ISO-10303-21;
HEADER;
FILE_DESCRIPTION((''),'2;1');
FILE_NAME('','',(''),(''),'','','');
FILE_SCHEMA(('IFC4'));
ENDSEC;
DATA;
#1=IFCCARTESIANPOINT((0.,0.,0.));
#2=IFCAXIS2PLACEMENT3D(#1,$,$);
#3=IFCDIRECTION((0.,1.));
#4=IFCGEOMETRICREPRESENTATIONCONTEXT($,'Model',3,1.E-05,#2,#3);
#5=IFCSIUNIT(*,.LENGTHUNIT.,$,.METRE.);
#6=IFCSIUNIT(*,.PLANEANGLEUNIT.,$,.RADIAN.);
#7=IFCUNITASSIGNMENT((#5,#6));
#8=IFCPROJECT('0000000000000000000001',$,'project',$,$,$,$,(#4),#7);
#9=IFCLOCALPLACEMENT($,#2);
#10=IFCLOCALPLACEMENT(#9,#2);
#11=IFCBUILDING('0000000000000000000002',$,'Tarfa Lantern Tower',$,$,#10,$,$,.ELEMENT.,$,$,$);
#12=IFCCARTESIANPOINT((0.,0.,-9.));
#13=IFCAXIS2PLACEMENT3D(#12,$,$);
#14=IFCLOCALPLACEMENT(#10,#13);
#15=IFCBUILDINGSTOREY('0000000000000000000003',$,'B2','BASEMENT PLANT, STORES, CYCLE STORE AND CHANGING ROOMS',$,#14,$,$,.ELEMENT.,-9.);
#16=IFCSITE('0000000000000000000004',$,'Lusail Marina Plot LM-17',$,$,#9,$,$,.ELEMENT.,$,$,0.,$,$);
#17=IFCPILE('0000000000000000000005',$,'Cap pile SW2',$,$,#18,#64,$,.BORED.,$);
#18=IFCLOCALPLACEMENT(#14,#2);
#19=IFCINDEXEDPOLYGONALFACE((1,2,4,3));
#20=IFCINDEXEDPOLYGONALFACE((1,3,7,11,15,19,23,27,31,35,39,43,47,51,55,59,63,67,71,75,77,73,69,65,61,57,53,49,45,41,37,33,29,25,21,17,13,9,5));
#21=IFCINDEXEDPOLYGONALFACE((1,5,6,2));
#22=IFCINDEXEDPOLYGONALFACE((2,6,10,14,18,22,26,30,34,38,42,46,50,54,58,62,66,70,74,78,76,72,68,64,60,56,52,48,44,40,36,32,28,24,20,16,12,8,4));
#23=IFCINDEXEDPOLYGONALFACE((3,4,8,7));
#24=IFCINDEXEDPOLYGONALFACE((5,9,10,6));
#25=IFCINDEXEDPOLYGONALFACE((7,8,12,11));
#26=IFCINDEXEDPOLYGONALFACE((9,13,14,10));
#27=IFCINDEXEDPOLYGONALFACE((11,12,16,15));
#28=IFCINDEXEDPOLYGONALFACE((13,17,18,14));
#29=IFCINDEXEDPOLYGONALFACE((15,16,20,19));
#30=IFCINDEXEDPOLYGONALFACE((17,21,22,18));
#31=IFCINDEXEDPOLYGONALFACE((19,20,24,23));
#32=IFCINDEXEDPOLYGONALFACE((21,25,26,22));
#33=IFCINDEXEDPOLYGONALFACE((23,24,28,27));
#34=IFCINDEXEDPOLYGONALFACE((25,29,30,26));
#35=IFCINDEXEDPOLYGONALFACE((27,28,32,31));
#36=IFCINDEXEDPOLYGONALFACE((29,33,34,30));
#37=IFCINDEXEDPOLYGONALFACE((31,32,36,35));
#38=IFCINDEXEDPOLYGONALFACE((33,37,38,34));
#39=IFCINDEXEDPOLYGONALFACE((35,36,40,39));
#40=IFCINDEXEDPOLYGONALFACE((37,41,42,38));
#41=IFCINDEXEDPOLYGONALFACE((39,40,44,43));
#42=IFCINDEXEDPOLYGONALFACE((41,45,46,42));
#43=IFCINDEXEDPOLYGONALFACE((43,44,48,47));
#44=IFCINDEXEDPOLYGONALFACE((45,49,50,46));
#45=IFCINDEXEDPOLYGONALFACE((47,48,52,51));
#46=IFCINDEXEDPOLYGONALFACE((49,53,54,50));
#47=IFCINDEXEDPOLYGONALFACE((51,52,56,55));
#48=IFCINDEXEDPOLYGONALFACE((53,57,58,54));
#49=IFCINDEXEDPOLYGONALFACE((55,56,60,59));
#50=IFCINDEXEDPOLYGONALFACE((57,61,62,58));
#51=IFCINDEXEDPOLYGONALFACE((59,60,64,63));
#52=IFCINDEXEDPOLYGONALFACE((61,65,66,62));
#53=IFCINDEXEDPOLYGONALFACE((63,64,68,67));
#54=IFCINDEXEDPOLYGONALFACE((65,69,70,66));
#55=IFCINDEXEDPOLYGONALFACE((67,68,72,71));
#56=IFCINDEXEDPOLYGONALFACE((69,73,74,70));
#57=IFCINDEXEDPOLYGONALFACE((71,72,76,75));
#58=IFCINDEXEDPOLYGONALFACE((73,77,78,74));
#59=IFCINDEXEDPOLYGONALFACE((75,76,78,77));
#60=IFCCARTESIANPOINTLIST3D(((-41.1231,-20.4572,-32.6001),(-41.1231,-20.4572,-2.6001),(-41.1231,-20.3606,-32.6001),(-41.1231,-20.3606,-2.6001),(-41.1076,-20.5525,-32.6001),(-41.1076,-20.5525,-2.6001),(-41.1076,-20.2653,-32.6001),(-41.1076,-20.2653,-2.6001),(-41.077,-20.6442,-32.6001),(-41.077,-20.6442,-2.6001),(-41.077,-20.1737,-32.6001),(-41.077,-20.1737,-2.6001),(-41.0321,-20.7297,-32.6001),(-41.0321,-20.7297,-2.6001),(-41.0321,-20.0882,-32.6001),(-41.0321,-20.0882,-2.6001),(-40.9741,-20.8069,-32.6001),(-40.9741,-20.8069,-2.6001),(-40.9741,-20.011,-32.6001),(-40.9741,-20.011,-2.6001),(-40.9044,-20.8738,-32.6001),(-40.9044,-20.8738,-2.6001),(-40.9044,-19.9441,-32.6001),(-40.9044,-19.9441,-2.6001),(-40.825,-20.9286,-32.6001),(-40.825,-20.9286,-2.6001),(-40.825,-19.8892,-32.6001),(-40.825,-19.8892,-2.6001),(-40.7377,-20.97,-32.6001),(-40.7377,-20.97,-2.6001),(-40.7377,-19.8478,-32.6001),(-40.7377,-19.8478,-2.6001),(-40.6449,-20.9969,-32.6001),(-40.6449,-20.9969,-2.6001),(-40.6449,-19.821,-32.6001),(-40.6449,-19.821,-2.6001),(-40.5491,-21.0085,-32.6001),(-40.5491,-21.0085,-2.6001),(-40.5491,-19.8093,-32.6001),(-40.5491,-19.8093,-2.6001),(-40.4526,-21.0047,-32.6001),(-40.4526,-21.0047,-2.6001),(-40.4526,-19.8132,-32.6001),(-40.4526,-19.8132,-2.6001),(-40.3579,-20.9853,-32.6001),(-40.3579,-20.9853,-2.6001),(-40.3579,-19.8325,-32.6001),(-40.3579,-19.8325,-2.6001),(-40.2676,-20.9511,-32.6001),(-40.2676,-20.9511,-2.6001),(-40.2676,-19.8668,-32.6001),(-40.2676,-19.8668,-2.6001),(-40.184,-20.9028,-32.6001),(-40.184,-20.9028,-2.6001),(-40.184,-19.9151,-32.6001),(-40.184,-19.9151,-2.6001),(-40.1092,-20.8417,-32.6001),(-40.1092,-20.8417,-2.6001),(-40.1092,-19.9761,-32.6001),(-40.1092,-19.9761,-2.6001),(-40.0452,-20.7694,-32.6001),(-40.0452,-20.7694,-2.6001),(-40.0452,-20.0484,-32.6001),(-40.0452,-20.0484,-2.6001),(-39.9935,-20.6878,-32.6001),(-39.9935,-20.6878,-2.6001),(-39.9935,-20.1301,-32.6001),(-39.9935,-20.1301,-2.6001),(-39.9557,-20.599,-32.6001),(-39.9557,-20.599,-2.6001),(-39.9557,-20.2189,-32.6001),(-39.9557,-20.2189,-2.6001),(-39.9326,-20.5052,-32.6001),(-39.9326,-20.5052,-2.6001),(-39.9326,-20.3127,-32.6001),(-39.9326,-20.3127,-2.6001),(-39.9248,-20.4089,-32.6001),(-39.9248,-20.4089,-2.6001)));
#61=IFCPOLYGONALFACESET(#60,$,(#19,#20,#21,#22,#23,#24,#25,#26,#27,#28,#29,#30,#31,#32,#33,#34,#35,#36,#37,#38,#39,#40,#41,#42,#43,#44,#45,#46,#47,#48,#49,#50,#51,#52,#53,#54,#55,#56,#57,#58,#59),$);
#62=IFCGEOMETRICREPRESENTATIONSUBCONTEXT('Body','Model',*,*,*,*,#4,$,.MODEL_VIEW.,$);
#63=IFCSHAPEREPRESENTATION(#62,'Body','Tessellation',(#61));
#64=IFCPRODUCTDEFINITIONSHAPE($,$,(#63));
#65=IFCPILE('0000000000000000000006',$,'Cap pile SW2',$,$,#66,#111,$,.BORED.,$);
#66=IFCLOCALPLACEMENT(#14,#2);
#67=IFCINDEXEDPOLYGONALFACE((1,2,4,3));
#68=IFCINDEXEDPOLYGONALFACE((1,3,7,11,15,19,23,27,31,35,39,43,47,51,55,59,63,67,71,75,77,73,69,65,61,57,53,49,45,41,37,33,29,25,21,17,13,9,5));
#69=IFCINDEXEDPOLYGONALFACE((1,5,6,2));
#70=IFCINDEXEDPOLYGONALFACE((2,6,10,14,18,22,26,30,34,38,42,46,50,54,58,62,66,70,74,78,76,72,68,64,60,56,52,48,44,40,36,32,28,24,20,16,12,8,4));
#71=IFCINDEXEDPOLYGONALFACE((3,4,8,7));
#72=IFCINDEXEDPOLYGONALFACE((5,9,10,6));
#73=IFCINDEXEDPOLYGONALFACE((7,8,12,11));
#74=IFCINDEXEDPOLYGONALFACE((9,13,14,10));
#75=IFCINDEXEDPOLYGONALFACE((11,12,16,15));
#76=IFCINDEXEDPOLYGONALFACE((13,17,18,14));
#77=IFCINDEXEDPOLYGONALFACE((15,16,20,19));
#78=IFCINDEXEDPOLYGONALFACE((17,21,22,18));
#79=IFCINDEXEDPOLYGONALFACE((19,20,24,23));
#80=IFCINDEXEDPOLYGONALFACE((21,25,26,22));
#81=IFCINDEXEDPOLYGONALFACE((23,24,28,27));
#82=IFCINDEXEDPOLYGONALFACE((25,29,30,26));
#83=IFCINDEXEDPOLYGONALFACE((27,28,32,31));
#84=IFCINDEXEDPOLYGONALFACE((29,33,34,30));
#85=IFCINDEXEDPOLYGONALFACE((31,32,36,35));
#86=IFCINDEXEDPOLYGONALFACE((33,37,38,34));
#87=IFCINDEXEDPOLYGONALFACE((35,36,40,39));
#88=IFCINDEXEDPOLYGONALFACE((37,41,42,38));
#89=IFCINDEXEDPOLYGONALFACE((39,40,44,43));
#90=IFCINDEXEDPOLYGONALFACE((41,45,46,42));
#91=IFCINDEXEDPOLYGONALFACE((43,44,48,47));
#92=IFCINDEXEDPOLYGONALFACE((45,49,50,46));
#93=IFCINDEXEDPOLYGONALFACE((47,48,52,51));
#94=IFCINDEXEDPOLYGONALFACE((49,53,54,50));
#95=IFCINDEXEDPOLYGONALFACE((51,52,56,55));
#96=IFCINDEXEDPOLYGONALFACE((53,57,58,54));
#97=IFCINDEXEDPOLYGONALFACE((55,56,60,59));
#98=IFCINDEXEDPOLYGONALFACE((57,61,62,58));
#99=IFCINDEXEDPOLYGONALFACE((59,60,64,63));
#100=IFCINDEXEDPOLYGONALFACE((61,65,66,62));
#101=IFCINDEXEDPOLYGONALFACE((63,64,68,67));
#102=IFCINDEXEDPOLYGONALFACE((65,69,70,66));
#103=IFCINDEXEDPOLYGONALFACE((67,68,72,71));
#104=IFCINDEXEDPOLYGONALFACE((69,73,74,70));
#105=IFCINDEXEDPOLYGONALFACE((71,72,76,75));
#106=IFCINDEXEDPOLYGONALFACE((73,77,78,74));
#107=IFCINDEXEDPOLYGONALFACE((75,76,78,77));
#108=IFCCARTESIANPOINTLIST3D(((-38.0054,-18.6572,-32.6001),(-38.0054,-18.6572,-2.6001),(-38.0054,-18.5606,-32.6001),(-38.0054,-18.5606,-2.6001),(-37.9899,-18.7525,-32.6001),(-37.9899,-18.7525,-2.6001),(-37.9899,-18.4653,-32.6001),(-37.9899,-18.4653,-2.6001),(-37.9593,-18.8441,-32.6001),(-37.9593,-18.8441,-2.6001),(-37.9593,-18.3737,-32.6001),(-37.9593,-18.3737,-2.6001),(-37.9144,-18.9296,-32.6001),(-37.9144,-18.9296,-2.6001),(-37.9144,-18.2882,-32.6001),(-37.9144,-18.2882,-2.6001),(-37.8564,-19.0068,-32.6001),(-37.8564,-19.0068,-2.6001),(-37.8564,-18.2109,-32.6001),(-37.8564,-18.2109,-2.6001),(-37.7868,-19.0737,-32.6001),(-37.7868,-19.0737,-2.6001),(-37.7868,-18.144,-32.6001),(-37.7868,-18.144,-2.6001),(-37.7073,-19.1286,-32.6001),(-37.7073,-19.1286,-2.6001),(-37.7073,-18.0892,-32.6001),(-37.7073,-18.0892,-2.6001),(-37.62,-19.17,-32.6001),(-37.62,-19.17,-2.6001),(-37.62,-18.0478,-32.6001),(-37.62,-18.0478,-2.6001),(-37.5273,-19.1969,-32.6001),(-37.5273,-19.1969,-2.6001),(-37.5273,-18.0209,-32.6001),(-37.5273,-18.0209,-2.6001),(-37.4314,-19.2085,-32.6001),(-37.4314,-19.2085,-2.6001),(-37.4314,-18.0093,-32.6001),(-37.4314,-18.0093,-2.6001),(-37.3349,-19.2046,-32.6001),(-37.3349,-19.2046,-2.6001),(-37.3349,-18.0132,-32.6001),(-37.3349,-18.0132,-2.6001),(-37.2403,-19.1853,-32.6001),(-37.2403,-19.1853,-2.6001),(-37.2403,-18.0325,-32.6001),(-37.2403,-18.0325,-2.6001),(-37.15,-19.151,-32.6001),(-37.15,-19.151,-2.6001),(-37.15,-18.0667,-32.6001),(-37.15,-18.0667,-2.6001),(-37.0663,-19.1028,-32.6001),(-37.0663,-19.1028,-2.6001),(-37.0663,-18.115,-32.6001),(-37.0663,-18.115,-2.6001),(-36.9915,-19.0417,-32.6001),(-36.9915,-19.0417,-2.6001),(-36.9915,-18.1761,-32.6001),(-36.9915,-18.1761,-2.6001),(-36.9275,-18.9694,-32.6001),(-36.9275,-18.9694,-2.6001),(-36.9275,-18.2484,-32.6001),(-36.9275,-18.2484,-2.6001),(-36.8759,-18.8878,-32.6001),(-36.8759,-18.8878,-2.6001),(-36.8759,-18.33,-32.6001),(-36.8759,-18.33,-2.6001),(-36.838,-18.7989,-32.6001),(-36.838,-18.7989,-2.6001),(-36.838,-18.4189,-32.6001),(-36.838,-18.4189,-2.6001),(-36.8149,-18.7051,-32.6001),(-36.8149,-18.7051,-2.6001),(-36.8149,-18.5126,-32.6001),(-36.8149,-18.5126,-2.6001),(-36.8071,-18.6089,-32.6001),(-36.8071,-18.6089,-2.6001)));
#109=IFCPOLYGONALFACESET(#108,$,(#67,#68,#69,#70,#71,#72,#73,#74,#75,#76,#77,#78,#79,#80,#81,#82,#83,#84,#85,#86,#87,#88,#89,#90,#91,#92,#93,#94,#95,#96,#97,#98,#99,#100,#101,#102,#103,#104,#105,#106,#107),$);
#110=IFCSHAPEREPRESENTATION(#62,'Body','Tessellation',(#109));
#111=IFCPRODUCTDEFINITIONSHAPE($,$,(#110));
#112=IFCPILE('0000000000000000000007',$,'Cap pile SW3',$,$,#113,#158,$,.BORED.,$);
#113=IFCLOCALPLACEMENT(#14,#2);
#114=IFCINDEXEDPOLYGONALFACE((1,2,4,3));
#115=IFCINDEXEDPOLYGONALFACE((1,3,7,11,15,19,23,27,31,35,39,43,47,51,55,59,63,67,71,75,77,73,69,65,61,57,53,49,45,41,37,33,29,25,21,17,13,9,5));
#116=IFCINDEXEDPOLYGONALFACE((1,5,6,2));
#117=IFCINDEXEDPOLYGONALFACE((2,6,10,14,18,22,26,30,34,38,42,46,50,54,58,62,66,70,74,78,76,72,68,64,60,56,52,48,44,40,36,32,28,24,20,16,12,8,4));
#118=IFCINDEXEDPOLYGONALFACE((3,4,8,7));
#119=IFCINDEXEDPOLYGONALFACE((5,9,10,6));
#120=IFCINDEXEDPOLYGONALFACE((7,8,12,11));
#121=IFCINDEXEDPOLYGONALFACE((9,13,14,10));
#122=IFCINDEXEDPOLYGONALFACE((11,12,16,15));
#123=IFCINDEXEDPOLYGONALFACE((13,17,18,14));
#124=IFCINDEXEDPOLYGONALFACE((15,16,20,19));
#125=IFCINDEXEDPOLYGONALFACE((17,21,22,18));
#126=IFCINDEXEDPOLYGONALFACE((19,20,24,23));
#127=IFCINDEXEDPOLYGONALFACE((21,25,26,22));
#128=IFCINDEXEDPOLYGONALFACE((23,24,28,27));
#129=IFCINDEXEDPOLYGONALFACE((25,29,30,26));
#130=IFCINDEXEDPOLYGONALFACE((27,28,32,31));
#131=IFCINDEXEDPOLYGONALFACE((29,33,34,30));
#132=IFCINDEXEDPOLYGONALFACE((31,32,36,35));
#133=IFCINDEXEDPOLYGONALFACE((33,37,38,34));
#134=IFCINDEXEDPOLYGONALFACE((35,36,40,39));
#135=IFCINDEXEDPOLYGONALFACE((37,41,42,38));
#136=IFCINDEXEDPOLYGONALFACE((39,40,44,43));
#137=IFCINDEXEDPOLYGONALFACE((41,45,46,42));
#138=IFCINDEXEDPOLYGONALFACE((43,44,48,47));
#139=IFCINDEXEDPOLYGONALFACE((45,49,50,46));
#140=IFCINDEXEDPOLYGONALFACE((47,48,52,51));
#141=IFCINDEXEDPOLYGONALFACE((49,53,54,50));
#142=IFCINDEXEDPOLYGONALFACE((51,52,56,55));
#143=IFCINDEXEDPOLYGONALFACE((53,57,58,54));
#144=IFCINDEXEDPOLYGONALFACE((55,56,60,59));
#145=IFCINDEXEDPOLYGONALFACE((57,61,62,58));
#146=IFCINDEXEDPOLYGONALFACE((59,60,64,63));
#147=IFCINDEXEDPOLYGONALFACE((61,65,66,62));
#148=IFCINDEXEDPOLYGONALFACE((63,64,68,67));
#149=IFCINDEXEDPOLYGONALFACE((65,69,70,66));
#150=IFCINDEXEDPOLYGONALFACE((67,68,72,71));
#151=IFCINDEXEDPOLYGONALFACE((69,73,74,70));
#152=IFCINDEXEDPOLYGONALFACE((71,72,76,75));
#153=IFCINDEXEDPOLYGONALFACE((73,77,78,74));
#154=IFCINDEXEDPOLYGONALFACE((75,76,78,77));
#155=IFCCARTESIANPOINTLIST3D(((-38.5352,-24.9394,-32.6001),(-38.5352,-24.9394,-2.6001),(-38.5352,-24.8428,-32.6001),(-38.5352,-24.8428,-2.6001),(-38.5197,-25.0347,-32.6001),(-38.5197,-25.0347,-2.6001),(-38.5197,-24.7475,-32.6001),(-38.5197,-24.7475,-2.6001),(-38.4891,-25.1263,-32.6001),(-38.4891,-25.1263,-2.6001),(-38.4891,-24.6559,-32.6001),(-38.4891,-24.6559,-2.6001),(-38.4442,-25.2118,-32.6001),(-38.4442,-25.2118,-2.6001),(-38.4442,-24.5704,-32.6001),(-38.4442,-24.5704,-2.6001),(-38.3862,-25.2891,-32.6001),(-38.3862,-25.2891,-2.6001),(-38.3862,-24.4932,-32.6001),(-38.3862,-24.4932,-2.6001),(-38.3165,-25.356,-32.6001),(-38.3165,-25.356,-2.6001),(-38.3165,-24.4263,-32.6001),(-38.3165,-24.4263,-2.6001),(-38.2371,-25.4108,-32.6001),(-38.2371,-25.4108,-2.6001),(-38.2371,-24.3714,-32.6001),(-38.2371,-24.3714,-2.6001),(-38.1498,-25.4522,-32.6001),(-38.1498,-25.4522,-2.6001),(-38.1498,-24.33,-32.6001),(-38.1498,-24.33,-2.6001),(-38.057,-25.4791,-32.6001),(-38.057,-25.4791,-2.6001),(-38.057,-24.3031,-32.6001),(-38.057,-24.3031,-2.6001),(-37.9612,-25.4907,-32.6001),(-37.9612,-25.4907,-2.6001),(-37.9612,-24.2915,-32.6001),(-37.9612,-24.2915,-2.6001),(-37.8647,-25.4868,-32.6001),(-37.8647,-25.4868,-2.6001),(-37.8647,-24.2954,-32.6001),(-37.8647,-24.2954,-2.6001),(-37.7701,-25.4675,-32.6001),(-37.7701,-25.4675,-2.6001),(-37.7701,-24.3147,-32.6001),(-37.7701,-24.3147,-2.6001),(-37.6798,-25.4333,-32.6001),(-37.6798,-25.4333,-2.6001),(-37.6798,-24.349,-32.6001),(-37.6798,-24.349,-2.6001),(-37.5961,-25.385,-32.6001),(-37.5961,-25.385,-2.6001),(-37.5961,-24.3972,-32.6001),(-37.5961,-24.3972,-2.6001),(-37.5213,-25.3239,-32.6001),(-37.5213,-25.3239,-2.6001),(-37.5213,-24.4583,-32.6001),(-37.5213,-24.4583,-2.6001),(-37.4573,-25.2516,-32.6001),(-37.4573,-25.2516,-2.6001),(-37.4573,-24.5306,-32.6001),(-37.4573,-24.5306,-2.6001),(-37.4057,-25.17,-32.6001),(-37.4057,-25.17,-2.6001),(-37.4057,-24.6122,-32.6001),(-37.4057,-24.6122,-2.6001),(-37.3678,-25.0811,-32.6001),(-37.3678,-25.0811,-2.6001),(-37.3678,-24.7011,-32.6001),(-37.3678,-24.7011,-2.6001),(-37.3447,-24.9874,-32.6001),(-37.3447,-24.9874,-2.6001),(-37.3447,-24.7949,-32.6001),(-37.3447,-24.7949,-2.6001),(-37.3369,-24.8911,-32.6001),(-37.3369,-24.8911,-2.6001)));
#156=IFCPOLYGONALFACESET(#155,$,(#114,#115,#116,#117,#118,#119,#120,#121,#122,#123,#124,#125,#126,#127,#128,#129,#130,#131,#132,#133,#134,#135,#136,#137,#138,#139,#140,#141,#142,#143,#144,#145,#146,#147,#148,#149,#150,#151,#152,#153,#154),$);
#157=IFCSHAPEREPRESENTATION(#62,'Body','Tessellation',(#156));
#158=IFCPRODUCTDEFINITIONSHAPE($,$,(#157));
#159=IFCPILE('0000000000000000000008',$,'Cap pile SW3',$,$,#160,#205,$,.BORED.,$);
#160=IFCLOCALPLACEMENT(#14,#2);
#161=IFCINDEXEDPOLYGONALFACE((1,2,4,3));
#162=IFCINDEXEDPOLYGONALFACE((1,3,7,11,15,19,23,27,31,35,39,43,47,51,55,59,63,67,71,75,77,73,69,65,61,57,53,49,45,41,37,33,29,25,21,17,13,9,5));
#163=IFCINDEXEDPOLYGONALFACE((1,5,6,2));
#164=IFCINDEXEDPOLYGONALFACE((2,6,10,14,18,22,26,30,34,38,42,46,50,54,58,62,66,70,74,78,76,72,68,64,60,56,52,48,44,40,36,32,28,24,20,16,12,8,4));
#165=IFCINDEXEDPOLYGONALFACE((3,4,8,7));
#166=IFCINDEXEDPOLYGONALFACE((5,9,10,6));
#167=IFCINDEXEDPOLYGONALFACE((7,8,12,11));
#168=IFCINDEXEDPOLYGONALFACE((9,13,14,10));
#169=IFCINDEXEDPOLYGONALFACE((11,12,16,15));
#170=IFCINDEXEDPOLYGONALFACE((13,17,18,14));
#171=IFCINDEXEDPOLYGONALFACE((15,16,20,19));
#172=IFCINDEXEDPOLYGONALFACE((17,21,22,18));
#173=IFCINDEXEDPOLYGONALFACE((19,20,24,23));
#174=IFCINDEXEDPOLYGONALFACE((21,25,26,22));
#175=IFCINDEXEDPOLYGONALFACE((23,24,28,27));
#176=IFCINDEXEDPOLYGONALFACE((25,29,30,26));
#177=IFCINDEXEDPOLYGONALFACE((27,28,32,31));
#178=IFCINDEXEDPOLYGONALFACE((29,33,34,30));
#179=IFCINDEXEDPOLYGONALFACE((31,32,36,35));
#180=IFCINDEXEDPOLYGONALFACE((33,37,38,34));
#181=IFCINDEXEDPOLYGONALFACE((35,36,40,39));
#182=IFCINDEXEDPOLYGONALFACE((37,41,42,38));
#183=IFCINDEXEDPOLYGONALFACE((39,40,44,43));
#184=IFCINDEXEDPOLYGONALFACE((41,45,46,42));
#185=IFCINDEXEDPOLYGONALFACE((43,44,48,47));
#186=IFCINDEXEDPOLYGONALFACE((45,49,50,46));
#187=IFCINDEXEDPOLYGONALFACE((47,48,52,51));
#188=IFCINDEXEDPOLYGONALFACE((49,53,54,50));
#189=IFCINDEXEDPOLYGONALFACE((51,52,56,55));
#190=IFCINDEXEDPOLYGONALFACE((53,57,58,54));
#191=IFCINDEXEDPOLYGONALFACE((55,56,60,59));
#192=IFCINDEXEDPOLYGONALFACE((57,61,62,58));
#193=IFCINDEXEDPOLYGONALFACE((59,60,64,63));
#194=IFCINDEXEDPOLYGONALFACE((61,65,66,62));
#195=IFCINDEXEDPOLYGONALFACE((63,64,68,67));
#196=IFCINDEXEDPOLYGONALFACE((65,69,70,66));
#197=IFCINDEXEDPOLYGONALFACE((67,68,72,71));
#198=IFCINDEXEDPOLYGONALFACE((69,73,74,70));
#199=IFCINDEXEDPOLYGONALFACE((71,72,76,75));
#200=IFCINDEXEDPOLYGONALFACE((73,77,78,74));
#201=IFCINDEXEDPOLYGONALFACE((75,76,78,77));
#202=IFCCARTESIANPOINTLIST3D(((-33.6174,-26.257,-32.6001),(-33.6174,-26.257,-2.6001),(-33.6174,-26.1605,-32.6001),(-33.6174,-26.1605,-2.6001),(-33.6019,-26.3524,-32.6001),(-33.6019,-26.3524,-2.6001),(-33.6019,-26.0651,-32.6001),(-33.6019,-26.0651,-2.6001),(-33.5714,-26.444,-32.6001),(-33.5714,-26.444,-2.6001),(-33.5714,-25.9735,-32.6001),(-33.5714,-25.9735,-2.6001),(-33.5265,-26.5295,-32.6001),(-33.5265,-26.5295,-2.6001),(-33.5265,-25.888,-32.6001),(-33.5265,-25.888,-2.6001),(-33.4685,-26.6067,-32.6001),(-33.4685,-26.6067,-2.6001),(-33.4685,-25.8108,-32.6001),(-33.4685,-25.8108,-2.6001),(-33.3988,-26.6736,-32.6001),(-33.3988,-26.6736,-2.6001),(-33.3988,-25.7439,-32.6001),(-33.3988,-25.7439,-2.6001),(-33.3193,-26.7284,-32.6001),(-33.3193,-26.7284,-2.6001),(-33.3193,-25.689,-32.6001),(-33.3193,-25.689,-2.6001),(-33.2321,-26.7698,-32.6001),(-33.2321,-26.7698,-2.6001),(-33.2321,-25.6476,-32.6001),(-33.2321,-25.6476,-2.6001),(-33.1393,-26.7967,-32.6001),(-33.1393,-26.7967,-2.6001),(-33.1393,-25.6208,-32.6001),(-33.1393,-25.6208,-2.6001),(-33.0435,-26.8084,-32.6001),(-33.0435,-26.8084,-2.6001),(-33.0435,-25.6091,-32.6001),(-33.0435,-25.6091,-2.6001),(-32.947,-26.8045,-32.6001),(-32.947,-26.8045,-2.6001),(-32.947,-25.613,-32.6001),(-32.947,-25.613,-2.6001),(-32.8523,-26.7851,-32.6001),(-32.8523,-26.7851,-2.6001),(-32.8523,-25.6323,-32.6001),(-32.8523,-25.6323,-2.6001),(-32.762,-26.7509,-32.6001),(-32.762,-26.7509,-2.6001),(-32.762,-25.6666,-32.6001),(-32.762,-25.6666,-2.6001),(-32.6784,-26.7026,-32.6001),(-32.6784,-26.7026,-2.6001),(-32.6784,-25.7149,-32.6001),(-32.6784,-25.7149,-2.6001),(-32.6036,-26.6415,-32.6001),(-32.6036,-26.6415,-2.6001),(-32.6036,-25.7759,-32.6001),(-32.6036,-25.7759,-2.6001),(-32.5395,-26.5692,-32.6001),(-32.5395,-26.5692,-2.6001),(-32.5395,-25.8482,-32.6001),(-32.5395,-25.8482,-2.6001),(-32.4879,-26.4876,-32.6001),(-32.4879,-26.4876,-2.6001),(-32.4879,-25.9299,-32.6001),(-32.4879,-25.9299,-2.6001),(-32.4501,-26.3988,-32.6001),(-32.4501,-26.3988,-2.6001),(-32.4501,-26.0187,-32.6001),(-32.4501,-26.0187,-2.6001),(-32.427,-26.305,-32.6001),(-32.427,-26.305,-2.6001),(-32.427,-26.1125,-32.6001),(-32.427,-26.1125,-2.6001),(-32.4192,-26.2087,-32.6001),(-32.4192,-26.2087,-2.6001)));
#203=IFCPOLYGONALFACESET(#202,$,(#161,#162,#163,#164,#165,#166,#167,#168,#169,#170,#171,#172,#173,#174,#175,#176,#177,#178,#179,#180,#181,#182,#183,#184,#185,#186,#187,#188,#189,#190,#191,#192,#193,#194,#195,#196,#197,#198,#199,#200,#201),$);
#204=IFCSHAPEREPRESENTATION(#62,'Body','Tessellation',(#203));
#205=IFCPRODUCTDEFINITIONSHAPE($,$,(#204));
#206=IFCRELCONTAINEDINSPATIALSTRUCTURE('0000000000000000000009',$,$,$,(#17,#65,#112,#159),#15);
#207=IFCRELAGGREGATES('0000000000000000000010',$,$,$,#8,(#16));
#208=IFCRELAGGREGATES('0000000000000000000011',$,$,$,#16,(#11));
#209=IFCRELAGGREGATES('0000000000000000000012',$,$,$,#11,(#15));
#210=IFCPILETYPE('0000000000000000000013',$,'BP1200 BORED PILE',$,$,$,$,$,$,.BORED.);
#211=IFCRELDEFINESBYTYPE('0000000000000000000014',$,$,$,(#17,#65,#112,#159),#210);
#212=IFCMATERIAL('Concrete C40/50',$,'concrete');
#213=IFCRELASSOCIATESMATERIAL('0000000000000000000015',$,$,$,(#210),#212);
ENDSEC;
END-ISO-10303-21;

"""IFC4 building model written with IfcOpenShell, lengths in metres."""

from ifc_helpers import new_model, si_unit, direction, frame, origin, origin_2d, place, context, subcontext, project, spatial, circle, extrude, material, material_profile, profile_set, type_object, element, save


model = new_model("IFC4")

# Units and contexts
model_context = context("Model", 3, precision=1e-05, world=origin(), true_north=direction((0.0, 1.0)))
body_context = subcontext(model_context, "Body", "Model", "MODEL_VIEW")
ifc_project = project(units=[si_unit("LENGTHUNIT", "METRE"), si_unit("PLANEANGLEUNIT", "RADIAN")], contexts=[model_context])

# Site, building, storey
site_placement = place(None, origin())
site = spatial("IfcSite", under=ifc_project, at=site_placement, Name="Lusail Marina Plot LM-17", CompositionType="ELEMENT", RefElevation=0.0)
building_placement = place(site_placement, origin())
building = spatial("IfcBuilding", under=site, at=building_placement, Name="Tarfa Lantern Tower", CompositionType="ELEMENT")
storey_placement = place(building_placement, frame((0.0, 0.0, -9.0)))
storey = spatial("IfcBuildingStorey", under=building, at=storey_placement, Name="B2", Description="BASEMENT PLANT, STORES, CYCLE STORE AND CHANGING ROOMS", CompositionType="ELEMENT", Elevation=-9.0)

# Piles
ifc_material_1 = material(Name="Concrete C40/50", Category="concrete")
ifc_material_profile_1 = material_profile(ifc_material_1, circle(Radius=0.6001, at=origin_2d()), Name="BORED PILE D1200")
ifc_profile_set_1 = profile_set([ifc_material_profile_1], Name="Concrete C40/50")
pile_type_1 = type_object("IfcPileType", Name="BP1200 BORED PILE", PredefinedType="BORED", material=ifc_profile_set_1)
for number, where, z_axis, x_axis, name in (
    (1, (-40.5249, -20.4089, -2.6001), (0.0, 0.0, -1.0), (1.0, 0.0, 0.0), "Cap pile SW2"),
    (2, (-37.4072, -18.6089, -2.6001), (0.0, 0.0, -1.0), (1.0, 0.0, 0.0), "Cap pile SW2"),
    (3, (-37.937, -24.8911, -2.6001), (0.0, 0.0, -1.0), (1.0, 0.0, 0.0), "Cap pile SW3"),
    (4, (-33.0193, -26.2087, -2.6001), (0.0, 0.0, -1.0), (1.0, 0.0, 0.0), "Cap pile SW3"),
):
    element("IfcPile", number, at=place(storey_placement, frame(where, z_axis=z_axis, x_axis=x_axis)), inside=storey, type_object=pile_type_1, Name=name, PredefinedType="BORED", context=body_context, shape_type="SweptSolid", body=[
        extrude(circle(Radius=0.6001, at=origin_2d()), origin(), (0.0, 0.0, 1.0), 30.0),
    ])

save(model, "model.ifc")
